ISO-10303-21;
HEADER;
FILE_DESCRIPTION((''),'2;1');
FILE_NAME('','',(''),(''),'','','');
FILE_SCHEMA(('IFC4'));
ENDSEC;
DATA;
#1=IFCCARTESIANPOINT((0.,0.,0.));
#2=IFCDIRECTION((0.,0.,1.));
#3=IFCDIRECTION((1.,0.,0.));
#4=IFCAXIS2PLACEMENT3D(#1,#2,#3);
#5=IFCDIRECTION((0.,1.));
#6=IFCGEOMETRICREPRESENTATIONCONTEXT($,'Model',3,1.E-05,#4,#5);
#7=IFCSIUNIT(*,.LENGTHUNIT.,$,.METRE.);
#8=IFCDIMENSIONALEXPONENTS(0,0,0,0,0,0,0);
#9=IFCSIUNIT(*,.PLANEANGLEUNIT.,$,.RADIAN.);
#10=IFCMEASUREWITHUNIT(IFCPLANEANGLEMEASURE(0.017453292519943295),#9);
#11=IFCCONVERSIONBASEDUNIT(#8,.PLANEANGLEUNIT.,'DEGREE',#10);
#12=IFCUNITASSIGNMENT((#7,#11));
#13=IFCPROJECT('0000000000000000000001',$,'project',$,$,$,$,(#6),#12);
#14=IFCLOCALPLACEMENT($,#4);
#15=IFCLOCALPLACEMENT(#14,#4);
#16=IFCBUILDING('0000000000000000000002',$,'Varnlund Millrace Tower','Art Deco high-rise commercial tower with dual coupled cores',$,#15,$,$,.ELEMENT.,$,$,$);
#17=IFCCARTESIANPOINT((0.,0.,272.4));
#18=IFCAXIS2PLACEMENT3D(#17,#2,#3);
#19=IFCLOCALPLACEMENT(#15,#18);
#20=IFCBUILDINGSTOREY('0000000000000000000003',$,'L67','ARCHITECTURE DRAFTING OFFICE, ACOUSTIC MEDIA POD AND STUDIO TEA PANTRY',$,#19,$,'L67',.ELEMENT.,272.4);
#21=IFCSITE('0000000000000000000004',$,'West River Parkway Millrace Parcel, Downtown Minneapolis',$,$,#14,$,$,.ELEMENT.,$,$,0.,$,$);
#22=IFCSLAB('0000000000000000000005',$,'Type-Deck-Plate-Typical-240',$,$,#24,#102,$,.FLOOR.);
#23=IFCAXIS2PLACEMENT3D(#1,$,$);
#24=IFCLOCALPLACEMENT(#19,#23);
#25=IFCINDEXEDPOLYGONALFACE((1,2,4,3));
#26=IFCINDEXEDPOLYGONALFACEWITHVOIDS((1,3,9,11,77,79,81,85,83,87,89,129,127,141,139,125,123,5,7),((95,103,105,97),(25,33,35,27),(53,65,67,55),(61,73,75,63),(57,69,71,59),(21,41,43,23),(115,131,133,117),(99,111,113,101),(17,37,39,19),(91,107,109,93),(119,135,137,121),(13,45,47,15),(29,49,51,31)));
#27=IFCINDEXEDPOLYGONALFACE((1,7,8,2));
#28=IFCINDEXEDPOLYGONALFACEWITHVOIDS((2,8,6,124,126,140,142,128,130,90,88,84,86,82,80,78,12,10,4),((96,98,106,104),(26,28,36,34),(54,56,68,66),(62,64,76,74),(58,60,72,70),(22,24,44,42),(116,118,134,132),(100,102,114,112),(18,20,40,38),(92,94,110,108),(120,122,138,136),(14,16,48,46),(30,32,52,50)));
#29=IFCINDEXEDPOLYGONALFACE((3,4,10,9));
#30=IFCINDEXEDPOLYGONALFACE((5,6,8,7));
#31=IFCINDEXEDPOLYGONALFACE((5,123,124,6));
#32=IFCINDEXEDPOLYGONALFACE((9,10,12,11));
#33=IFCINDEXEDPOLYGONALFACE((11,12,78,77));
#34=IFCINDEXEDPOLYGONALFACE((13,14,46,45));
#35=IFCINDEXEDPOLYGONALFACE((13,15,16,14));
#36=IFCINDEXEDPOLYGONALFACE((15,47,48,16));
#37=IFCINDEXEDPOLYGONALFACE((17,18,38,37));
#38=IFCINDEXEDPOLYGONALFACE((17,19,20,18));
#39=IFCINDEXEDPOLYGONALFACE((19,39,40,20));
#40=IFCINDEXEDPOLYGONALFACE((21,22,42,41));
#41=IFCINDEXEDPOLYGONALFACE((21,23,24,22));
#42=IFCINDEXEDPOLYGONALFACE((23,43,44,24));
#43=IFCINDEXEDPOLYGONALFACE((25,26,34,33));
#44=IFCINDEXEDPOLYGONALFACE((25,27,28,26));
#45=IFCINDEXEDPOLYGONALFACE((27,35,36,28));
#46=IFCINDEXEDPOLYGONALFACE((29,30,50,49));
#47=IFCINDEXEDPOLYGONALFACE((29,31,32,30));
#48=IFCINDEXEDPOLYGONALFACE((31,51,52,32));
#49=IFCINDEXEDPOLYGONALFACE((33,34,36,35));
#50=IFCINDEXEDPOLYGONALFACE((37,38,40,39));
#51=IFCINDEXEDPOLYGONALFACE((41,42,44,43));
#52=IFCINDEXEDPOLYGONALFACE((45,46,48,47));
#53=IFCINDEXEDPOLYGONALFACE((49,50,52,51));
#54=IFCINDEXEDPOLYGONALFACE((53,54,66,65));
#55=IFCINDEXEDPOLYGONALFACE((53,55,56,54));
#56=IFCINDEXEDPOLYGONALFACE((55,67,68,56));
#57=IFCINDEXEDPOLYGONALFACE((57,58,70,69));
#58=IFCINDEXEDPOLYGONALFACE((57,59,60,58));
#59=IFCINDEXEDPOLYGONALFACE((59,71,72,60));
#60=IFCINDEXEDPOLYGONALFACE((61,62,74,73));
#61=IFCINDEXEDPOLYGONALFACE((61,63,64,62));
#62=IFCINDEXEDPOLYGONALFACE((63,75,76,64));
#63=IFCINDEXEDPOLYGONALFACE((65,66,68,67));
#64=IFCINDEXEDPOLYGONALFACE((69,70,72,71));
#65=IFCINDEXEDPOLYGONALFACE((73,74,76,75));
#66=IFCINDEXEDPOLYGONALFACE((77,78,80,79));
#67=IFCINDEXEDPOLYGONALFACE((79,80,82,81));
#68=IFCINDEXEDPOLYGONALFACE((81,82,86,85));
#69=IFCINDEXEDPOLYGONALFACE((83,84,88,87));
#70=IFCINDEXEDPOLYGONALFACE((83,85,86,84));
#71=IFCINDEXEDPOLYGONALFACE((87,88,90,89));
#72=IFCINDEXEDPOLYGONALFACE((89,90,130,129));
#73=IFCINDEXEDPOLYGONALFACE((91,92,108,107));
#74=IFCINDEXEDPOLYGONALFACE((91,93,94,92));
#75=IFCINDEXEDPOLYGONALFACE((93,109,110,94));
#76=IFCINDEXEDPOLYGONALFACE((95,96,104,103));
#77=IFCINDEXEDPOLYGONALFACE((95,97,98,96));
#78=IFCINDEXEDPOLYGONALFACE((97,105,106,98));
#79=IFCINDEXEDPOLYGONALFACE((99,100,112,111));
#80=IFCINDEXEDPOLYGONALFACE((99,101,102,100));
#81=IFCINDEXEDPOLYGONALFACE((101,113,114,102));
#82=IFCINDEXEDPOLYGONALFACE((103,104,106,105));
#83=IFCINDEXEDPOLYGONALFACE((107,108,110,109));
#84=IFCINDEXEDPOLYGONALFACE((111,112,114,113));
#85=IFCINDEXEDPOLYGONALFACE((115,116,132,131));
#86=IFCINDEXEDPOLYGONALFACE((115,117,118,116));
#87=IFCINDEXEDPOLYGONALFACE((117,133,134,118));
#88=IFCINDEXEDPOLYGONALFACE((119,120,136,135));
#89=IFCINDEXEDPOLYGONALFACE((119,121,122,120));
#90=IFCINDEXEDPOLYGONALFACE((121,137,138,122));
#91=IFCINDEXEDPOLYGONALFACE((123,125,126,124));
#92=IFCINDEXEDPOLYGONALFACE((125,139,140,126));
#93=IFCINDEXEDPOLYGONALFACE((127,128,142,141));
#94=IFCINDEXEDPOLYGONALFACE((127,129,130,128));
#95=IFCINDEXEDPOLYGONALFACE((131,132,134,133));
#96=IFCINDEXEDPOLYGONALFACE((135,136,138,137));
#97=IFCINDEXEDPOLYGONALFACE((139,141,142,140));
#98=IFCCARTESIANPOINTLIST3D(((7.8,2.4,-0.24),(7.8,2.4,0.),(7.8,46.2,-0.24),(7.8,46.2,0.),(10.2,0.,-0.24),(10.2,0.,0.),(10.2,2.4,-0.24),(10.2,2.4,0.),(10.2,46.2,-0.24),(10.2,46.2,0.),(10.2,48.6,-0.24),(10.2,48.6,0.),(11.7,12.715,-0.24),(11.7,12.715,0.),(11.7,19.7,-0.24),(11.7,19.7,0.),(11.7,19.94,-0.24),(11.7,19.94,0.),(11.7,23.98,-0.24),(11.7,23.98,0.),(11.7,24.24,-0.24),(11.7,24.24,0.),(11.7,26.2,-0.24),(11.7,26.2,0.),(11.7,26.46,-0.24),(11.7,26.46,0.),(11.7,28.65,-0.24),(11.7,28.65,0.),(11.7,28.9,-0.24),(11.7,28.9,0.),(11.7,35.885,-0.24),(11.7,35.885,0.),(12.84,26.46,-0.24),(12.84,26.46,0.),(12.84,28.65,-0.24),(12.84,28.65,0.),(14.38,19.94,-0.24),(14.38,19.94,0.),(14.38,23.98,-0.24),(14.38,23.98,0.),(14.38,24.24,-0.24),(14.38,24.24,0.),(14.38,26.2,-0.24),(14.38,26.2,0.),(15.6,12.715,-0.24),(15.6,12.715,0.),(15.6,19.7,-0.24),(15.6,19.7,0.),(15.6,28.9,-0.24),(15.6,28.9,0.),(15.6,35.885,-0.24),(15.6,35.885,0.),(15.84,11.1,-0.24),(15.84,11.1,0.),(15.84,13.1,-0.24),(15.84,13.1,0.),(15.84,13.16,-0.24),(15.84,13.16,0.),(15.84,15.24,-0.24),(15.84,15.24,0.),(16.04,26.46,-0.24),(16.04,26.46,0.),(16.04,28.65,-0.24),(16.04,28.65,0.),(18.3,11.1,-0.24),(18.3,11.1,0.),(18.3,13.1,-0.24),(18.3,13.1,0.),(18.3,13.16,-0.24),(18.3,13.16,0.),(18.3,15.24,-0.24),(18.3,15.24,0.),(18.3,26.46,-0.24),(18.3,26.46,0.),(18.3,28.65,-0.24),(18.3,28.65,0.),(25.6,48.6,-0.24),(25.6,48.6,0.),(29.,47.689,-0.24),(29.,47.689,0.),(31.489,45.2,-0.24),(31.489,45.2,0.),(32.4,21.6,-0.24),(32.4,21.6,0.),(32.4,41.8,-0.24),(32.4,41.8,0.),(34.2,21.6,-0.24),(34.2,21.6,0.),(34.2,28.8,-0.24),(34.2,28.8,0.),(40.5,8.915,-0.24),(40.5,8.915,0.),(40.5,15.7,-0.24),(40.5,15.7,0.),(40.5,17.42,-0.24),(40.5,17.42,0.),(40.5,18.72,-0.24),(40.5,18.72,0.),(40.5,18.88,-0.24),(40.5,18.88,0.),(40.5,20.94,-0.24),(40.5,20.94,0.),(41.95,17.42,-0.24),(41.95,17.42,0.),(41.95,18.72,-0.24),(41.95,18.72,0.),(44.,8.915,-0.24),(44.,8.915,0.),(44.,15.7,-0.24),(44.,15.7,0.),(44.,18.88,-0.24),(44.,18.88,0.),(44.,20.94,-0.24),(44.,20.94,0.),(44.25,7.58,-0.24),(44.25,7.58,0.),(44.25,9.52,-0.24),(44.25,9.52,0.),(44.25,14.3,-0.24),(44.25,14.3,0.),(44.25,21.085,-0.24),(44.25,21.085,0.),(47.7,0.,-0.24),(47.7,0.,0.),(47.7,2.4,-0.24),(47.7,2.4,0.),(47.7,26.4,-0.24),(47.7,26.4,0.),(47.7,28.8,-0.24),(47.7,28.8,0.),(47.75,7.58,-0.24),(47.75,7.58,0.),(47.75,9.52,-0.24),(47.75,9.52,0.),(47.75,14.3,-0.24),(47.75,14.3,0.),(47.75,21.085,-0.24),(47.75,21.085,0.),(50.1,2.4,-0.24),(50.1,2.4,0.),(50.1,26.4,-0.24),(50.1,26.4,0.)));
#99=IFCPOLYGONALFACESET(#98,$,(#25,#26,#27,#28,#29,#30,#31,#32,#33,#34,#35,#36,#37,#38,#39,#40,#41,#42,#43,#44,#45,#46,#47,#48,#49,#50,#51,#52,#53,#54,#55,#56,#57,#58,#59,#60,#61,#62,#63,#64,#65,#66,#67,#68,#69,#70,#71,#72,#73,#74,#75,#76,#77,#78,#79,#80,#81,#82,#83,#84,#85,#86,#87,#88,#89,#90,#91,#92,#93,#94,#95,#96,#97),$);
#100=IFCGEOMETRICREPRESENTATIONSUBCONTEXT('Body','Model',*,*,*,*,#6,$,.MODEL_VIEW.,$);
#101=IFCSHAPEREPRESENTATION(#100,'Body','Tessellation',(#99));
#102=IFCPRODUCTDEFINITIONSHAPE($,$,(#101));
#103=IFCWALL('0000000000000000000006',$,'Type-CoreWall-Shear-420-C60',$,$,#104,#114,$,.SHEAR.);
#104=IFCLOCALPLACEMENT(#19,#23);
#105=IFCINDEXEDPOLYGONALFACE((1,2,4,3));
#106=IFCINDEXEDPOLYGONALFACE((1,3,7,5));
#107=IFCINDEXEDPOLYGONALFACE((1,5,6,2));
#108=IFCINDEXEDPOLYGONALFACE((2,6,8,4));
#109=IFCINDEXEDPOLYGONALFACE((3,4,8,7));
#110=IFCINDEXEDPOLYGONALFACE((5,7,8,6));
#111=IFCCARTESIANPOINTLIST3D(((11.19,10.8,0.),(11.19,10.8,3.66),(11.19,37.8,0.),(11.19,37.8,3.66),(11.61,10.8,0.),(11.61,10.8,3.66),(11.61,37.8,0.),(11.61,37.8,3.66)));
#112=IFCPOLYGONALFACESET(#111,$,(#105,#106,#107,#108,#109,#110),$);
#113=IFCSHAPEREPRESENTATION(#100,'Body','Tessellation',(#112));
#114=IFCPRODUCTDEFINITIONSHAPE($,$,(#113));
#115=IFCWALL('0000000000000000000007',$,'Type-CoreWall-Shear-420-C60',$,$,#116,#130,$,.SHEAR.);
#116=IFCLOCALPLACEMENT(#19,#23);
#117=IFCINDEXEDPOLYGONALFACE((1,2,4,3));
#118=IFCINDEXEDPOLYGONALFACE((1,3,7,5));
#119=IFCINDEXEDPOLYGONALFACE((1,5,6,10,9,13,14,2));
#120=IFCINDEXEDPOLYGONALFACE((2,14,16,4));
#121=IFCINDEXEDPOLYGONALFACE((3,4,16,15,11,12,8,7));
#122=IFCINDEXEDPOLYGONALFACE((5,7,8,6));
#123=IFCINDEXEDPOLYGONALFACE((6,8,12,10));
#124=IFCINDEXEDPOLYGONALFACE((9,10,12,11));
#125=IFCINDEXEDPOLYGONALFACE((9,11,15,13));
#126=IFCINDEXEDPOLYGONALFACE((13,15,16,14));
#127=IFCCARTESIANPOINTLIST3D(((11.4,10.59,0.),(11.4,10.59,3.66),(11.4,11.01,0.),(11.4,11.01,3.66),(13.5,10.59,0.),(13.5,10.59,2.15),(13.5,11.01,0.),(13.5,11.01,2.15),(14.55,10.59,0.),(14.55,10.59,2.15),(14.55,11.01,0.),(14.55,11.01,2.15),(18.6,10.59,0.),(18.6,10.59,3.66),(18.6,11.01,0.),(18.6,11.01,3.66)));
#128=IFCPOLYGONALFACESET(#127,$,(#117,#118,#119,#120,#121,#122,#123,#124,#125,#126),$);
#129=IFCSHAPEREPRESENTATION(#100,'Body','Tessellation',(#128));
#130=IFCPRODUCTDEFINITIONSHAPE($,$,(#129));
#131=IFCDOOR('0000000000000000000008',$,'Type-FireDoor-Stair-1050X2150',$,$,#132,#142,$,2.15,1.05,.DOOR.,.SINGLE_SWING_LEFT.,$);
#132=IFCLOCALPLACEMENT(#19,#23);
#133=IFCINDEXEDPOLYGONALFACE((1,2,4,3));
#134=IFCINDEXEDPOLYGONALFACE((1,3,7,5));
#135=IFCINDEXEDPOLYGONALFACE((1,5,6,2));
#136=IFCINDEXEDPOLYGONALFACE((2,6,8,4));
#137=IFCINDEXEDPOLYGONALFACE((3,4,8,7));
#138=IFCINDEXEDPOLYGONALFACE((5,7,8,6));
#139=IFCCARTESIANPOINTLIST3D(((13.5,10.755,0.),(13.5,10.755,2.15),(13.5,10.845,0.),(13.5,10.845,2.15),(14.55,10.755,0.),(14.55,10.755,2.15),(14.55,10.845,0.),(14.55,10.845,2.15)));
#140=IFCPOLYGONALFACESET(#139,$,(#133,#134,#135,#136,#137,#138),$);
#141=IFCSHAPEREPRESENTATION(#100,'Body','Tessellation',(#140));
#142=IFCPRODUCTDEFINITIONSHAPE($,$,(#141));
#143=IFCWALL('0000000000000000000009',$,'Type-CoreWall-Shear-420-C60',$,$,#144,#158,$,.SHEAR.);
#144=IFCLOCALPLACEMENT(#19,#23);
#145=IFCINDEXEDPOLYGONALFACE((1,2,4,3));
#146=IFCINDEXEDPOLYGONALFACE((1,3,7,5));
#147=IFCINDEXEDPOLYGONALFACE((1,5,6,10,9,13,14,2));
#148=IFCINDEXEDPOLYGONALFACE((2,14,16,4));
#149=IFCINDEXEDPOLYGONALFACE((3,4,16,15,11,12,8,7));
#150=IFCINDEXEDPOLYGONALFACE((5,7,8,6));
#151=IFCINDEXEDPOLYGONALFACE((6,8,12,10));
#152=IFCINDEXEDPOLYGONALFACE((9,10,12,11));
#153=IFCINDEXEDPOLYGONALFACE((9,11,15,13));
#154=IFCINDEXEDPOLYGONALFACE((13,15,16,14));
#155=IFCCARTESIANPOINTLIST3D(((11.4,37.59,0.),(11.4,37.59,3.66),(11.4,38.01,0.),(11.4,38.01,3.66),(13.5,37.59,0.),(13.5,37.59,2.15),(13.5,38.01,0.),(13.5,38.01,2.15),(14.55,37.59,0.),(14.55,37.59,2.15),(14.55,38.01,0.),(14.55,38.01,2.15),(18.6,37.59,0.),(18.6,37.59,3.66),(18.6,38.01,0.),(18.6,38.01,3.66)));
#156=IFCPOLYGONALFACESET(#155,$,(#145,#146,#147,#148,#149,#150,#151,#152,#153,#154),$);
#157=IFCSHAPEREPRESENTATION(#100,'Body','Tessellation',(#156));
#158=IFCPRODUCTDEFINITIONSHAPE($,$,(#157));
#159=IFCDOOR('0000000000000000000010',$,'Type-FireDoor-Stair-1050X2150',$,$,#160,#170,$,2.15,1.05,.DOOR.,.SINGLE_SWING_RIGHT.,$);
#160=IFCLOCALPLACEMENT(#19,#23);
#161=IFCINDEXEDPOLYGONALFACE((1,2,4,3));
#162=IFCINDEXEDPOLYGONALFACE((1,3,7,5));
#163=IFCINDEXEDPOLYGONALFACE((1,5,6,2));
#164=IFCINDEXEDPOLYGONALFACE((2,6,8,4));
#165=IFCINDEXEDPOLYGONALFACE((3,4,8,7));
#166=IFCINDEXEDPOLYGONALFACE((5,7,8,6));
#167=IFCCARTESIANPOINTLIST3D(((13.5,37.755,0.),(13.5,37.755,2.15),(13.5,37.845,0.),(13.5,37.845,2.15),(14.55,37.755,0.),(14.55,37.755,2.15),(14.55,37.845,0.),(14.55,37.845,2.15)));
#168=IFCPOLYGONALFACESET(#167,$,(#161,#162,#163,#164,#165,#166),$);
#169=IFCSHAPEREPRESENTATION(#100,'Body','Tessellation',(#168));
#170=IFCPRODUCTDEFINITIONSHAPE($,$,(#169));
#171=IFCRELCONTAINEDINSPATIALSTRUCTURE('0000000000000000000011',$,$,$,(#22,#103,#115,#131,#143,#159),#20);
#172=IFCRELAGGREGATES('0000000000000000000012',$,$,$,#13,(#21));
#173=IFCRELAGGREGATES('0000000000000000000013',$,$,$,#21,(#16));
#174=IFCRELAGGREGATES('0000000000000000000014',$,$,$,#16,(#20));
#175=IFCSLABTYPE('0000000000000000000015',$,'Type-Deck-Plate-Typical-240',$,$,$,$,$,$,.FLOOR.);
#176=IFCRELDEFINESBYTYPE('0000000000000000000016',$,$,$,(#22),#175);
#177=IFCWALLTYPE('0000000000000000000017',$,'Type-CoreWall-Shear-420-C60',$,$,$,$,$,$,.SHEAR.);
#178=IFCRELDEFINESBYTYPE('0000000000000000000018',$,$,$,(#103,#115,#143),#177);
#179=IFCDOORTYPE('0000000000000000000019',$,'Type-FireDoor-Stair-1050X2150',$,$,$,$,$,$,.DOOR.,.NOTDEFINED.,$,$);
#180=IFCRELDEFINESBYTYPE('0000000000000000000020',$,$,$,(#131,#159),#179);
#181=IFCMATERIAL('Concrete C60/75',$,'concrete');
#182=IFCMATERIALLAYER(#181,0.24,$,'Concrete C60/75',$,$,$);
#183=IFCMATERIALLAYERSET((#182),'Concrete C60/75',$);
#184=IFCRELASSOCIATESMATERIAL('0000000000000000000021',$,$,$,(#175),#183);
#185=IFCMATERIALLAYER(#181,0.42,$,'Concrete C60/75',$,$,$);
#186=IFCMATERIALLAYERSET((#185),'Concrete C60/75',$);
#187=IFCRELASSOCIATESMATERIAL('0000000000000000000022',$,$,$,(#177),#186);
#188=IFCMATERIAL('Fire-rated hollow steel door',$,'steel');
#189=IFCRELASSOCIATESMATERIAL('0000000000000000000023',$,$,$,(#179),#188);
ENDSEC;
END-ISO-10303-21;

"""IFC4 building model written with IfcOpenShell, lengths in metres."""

from ifc_helpers import new_model, entity, si_unit, converted_unit, direction, frame, origin_with_axes, origin_2d_with_axis, place, context, subcontext, project, spatial, polyline, rectangle, outline, extrude, material, layer, layer_set, type_object, element, fill, save


model = new_model("IFC4")

# Units and contexts
model_context = context("Model", 3, precision=1e-05, world=origin_with_axes(), true_north=direction((0.0, 1.0)))
body_context = subcontext(model_context, "Body", "Model", "MODEL_VIEW")
ifc_project = project(units=[si_unit("LENGTHUNIT", "METRE"), converted_unit("PLANEANGLEUNIT", "DEGREE", entity("IfcPlaneAngleMeasure", 0.017453292519943295), si_unit("PLANEANGLEUNIT", "RADIAN"), dimensions=[0, 0, 0, 0, 0, 0, 0])], contexts=[model_context])

# Site, building, storey
site_placement = place(None, origin_with_axes())
site = spatial("IfcSite", under=ifc_project, at=site_placement, Name="West River Parkway Millrace Parcel, Downtown Minneapolis", CompositionType="ELEMENT", RefElevation=0.0)
building_placement = place(site_placement, origin_with_axes())
building = spatial("IfcBuilding", under=site, at=building_placement, Name="Varnlund Millrace Tower", Description="Art Deco high-rise commercial tower with dual coupled cores", CompositionType="ELEMENT")
storey_placement = place(building_placement, frame((0.0, 0.0, 272.4), z_axis=(0.0, 0.0, 1.0), x_axis=(1.0, 0.0, 0.0)))
storey = spatial("IfcBuildingStorey", under=building, at=storey_placement, Name="L67", Description="ARCHITECTURE DRAFTING OFFICE, ACOUSTIC MEDIA POD AND STUDIO TEA PANTRY", LongName="L67", CompositionType="ELEMENT", Elevation=272.4)

# Slab
ifc_material_1 = material(Name="Concrete C60/75", Category="concrete")
ifc_layer_1 = layer(ifc_material_1, 0.24, Name="Concrete C60/75")
ifc_layer_set_1 = layer_set([ifc_layer_1], Name="Concrete C60/75")
slab_type = type_object("IfcSlabType", Name="Type-Deck-Plate-Typical-240", PredefinedType="FLOOR", material=ifc_layer_set_1)
slab_placement = place(storey_placement, frame((0.0, 0.0, -0.24), z_axis=(0.0, 0.0, 1.0), x_axis=(1.0, 0.0, 0.0)))
element("IfcSlab", 1, at=slab_placement, inside=storey, type_object=slab_type, Name="Type-Deck-Plate-Typical-240", PredefinedType="FLOOR", context=body_context, shape_type="SweptSolid", body=[
    extrude(outline(polyline([(32.4, 21.6), (32.4, 41.8), (31.489, 45.2), (29.0, 47.689), (25.6, 48.6), (10.2, 48.6), (10.2, 46.2), (7.8, 46.2), (7.8, 2.4), (10.2, 2.4), (10.2, 0.0), (47.7, 0.0), (47.7, 2.4), (50.1, 2.4), (50.1, 26.4), (47.7, 26.4), (47.7, 28.8), (34.2, 28.8), (34.2, 21.6), (32.4, 21.6)]), holes=[polyline([(18.3, 13.1), (18.3, 11.1), (15.84, 11.1), (15.84, 13.1), (18.3, 13.1)]), polyline([(15.6, 12.715), (11.7, 12.715), (11.7, 19.7), (15.6, 19.7), (15.6, 12.715)]), polyline([(11.7, 19.94), (11.7, 23.98), (14.38, 23.98), (14.38, 19.94), (11.7, 19.94)]), polyline([(14.38, 24.24), (11.7, 24.24), (11.7, 26.2), (14.38, 26.2), (14.38, 24.24)]), polyline([(12.84, 26.46), (11.7, 26.46), (11.7, 28.65), (12.84, 28.65), (12.84, 26.46)]), polyline([(15.6, 28.9), (11.7, 28.9), (11.7, 35.885), (15.6, 35.885), (15.6, 28.9)]), polyline([(47.75, 9.52), (47.75, 7.58), (44.25, 7.58), (44.25, 9.52), (47.75, 9.52)]), polyline([(44.0, 8.915), (40.5, 8.915), (40.5, 15.7), (44.0, 15.7), (44.0, 8.915)]), polyline([(18.3, 13.16), (15.84, 13.16), (15.84, 15.24), (18.3, 15.24), (18.3, 13.16)]), polyline([(47.75, 14.3), (44.25, 14.3), (44.25, 21.085), (47.75, 21.085), (47.75, 14.3)]), polyline([(41.95, 17.42), (40.5, 17.42), (40.5, 18.72), (41.95, 18.72), (41.95, 17.42)]), polyline([(44.0, 18.88), (40.5, 18.88), (40.5, 20.94), (44.0, 20.94), (44.0, 18.88)]), polyline([(18.3, 26.46), (16.04, 26.46), (16.04, 28.65), (18.3, 28.65), (18.3, 26.46)])]), origin_with_axes(), (0.0, 0.0, 1.0), 0.24),
])

# Wall
ifc_layer_2 = layer(ifc_material_1, 0.42, Name="Concrete C60/75")
ifc_layer_set_2 = layer_set([ifc_layer_2], Name="Concrete C60/75")
wall_type_1 = type_object("IfcWallType", Name="Type-CoreWall-Shear-420-C60", PredefinedType="SHEAR", material=ifc_layer_set_2)
wall_1_placement = place(storey_placement, frame((11.4, 10.8, 0.0), z_axis=(0.0, 0.0, 1.0), x_axis=(0.0, 1.0, 0.0)))
element("IfcWall", 2, at=wall_1_placement, inside=storey, type_object=wall_type_1, Name="Type-CoreWall-Shear-420-C60", PredefinedType="SHEAR", context=body_context, shape_type="SweptSolid", body=[
    extrude(outline(polyline([(0.0, -0.21), (27.0, -0.21), (27.0, 0.21), (0.0, 0.21), (0.0, -0.21)])), origin_with_axes(), (0.0, 0.0, 1.0), 3.66),
])

# Walls, openings, doors
wall_2_placement = place(storey_placement, frame((11.4, 10.8, 0.0), z_axis=(0.0, 0.0, 1.0), x_axis=(1.0, 0.0, 0.0)))
wall_2 = element("IfcWall", 3, at=wall_2_placement, inside=storey, type_object=wall_type_1, Name="Type-CoreWall-Shear-420-C60", PredefinedType="SHEAR", context=body_context, shape_type="SweptSolid", body=[
    extrude(outline(polyline([(0.0, -0.21), (7.2, -0.21), (7.2, 0.21), (0.0, 0.21), (0.0, -0.21)])), origin_with_axes(), (0.0, 0.0, 1.0), 3.66),
])
opening_1_placement = place(wall_2_placement, frame((2.625, 0.0, 0.0), z_axis=(0.0, 0.0, 1.0), x_axis=(1.0, 0.0, 0.0)))
opening_1 = element("IfcOpeningElement", 4, at=opening_1_placement, cuts=wall_2, PredefinedType="OPENING", context=body_context, shape_type="SweptSolid", body=[
    extrude(rectangle(XDim=1.05, YDim=0.44, at=origin_2d_with_axis()), origin_with_axes(), (0.0, 0.0, 1.0), 2.15),
])
ifc_material_2 = material(Name="Fire-rated hollow steel door", Category="steel")
door_type_1 = type_object("IfcDoorType", Name="Type-FireDoor-Stair-1050X2150", OperationType="NOTDEFINED", PredefinedType="DOOR", material=ifc_material_2)
door_1_placement = place(wall_2_placement, frame((2.625, 0.0, 0.0), z_axis=(0.0, 0.0, 1.0), x_axis=(1.0, 0.0, 0.0)))
door_1 = element("IfcDoor", 5, at=door_1_placement, inside=storey, type_object=door_type_1, Name="Type-FireDoor-Stair-1050X2150", OperationType="SINGLE_SWING_LEFT", OverallHeight=2.15, OverallWidth=1.05, PredefinedType="DOOR", context=body_context, shape_type="SweptSolid", body=[
    extrude(rectangle(XDim=1.05, YDim=0.09, at=origin_2d_with_axis()), origin_with_axes(), (0.0, 0.0, 1.0), 2.15),
])
fill(opening_1, door_1)
wall_3_placement = place(storey_placement, frame((11.4, 37.8, 0.0), z_axis=(0.0, 0.0, 1.0), x_axis=(1.0, 0.0, 0.0)))
wall_3 = element("IfcWall", 6, at=wall_3_placement, inside=storey, type_object=wall_type_1, Name="Type-CoreWall-Shear-420-C60", PredefinedType="SHEAR", context=body_context, shape_type="SweptSolid", body=[
    extrude(outline(polyline([(0.0, -0.21), (7.2, -0.21), (7.2, 0.21), (0.0, 0.21), (0.0, -0.21)])), origin_with_axes(), (0.0, 0.0, 1.0), 3.66),
])
opening_2_placement = place(wall_3_placement, frame((2.625, 0.0, 0.0), z_axis=(0.0, 0.0, 1.0), x_axis=(1.0, 0.0, 0.0)))
opening_2 = element("IfcOpeningElement", 7, at=opening_2_placement, cuts=wall_3, PredefinedType="OPENING", context=body_context, shape_type="SweptSolid", body=[
    extrude(rectangle(XDim=1.05, YDim=0.44, at=origin_2d_with_axis()), origin_with_axes(), (0.0, 0.0, 1.0), 2.15),
])
door_2_placement = place(wall_3_placement, frame((2.625, 0.0, 0.0), z_axis=(0.0, 0.0, 1.0), x_axis=(1.0, 0.0, 0.0)))
door_2 = element("IfcDoor", 8, at=door_2_placement, inside=storey, type_object=door_type_1, Name="Type-FireDoor-Stair-1050X2150", OperationType="SINGLE_SWING_RIGHT", OverallHeight=2.15, OverallWidth=1.05, PredefinedType="DOOR", context=body_context, shape_type="SweptSolid", body=[
    extrude(rectangle(XDim=1.05, YDim=0.09, at=origin_2d_with_axis()), origin_with_axes(), (0.0, 0.0, 1.0), 2.15),
])
fill(opening_2, door_2)

save(model, "model.ifc")
